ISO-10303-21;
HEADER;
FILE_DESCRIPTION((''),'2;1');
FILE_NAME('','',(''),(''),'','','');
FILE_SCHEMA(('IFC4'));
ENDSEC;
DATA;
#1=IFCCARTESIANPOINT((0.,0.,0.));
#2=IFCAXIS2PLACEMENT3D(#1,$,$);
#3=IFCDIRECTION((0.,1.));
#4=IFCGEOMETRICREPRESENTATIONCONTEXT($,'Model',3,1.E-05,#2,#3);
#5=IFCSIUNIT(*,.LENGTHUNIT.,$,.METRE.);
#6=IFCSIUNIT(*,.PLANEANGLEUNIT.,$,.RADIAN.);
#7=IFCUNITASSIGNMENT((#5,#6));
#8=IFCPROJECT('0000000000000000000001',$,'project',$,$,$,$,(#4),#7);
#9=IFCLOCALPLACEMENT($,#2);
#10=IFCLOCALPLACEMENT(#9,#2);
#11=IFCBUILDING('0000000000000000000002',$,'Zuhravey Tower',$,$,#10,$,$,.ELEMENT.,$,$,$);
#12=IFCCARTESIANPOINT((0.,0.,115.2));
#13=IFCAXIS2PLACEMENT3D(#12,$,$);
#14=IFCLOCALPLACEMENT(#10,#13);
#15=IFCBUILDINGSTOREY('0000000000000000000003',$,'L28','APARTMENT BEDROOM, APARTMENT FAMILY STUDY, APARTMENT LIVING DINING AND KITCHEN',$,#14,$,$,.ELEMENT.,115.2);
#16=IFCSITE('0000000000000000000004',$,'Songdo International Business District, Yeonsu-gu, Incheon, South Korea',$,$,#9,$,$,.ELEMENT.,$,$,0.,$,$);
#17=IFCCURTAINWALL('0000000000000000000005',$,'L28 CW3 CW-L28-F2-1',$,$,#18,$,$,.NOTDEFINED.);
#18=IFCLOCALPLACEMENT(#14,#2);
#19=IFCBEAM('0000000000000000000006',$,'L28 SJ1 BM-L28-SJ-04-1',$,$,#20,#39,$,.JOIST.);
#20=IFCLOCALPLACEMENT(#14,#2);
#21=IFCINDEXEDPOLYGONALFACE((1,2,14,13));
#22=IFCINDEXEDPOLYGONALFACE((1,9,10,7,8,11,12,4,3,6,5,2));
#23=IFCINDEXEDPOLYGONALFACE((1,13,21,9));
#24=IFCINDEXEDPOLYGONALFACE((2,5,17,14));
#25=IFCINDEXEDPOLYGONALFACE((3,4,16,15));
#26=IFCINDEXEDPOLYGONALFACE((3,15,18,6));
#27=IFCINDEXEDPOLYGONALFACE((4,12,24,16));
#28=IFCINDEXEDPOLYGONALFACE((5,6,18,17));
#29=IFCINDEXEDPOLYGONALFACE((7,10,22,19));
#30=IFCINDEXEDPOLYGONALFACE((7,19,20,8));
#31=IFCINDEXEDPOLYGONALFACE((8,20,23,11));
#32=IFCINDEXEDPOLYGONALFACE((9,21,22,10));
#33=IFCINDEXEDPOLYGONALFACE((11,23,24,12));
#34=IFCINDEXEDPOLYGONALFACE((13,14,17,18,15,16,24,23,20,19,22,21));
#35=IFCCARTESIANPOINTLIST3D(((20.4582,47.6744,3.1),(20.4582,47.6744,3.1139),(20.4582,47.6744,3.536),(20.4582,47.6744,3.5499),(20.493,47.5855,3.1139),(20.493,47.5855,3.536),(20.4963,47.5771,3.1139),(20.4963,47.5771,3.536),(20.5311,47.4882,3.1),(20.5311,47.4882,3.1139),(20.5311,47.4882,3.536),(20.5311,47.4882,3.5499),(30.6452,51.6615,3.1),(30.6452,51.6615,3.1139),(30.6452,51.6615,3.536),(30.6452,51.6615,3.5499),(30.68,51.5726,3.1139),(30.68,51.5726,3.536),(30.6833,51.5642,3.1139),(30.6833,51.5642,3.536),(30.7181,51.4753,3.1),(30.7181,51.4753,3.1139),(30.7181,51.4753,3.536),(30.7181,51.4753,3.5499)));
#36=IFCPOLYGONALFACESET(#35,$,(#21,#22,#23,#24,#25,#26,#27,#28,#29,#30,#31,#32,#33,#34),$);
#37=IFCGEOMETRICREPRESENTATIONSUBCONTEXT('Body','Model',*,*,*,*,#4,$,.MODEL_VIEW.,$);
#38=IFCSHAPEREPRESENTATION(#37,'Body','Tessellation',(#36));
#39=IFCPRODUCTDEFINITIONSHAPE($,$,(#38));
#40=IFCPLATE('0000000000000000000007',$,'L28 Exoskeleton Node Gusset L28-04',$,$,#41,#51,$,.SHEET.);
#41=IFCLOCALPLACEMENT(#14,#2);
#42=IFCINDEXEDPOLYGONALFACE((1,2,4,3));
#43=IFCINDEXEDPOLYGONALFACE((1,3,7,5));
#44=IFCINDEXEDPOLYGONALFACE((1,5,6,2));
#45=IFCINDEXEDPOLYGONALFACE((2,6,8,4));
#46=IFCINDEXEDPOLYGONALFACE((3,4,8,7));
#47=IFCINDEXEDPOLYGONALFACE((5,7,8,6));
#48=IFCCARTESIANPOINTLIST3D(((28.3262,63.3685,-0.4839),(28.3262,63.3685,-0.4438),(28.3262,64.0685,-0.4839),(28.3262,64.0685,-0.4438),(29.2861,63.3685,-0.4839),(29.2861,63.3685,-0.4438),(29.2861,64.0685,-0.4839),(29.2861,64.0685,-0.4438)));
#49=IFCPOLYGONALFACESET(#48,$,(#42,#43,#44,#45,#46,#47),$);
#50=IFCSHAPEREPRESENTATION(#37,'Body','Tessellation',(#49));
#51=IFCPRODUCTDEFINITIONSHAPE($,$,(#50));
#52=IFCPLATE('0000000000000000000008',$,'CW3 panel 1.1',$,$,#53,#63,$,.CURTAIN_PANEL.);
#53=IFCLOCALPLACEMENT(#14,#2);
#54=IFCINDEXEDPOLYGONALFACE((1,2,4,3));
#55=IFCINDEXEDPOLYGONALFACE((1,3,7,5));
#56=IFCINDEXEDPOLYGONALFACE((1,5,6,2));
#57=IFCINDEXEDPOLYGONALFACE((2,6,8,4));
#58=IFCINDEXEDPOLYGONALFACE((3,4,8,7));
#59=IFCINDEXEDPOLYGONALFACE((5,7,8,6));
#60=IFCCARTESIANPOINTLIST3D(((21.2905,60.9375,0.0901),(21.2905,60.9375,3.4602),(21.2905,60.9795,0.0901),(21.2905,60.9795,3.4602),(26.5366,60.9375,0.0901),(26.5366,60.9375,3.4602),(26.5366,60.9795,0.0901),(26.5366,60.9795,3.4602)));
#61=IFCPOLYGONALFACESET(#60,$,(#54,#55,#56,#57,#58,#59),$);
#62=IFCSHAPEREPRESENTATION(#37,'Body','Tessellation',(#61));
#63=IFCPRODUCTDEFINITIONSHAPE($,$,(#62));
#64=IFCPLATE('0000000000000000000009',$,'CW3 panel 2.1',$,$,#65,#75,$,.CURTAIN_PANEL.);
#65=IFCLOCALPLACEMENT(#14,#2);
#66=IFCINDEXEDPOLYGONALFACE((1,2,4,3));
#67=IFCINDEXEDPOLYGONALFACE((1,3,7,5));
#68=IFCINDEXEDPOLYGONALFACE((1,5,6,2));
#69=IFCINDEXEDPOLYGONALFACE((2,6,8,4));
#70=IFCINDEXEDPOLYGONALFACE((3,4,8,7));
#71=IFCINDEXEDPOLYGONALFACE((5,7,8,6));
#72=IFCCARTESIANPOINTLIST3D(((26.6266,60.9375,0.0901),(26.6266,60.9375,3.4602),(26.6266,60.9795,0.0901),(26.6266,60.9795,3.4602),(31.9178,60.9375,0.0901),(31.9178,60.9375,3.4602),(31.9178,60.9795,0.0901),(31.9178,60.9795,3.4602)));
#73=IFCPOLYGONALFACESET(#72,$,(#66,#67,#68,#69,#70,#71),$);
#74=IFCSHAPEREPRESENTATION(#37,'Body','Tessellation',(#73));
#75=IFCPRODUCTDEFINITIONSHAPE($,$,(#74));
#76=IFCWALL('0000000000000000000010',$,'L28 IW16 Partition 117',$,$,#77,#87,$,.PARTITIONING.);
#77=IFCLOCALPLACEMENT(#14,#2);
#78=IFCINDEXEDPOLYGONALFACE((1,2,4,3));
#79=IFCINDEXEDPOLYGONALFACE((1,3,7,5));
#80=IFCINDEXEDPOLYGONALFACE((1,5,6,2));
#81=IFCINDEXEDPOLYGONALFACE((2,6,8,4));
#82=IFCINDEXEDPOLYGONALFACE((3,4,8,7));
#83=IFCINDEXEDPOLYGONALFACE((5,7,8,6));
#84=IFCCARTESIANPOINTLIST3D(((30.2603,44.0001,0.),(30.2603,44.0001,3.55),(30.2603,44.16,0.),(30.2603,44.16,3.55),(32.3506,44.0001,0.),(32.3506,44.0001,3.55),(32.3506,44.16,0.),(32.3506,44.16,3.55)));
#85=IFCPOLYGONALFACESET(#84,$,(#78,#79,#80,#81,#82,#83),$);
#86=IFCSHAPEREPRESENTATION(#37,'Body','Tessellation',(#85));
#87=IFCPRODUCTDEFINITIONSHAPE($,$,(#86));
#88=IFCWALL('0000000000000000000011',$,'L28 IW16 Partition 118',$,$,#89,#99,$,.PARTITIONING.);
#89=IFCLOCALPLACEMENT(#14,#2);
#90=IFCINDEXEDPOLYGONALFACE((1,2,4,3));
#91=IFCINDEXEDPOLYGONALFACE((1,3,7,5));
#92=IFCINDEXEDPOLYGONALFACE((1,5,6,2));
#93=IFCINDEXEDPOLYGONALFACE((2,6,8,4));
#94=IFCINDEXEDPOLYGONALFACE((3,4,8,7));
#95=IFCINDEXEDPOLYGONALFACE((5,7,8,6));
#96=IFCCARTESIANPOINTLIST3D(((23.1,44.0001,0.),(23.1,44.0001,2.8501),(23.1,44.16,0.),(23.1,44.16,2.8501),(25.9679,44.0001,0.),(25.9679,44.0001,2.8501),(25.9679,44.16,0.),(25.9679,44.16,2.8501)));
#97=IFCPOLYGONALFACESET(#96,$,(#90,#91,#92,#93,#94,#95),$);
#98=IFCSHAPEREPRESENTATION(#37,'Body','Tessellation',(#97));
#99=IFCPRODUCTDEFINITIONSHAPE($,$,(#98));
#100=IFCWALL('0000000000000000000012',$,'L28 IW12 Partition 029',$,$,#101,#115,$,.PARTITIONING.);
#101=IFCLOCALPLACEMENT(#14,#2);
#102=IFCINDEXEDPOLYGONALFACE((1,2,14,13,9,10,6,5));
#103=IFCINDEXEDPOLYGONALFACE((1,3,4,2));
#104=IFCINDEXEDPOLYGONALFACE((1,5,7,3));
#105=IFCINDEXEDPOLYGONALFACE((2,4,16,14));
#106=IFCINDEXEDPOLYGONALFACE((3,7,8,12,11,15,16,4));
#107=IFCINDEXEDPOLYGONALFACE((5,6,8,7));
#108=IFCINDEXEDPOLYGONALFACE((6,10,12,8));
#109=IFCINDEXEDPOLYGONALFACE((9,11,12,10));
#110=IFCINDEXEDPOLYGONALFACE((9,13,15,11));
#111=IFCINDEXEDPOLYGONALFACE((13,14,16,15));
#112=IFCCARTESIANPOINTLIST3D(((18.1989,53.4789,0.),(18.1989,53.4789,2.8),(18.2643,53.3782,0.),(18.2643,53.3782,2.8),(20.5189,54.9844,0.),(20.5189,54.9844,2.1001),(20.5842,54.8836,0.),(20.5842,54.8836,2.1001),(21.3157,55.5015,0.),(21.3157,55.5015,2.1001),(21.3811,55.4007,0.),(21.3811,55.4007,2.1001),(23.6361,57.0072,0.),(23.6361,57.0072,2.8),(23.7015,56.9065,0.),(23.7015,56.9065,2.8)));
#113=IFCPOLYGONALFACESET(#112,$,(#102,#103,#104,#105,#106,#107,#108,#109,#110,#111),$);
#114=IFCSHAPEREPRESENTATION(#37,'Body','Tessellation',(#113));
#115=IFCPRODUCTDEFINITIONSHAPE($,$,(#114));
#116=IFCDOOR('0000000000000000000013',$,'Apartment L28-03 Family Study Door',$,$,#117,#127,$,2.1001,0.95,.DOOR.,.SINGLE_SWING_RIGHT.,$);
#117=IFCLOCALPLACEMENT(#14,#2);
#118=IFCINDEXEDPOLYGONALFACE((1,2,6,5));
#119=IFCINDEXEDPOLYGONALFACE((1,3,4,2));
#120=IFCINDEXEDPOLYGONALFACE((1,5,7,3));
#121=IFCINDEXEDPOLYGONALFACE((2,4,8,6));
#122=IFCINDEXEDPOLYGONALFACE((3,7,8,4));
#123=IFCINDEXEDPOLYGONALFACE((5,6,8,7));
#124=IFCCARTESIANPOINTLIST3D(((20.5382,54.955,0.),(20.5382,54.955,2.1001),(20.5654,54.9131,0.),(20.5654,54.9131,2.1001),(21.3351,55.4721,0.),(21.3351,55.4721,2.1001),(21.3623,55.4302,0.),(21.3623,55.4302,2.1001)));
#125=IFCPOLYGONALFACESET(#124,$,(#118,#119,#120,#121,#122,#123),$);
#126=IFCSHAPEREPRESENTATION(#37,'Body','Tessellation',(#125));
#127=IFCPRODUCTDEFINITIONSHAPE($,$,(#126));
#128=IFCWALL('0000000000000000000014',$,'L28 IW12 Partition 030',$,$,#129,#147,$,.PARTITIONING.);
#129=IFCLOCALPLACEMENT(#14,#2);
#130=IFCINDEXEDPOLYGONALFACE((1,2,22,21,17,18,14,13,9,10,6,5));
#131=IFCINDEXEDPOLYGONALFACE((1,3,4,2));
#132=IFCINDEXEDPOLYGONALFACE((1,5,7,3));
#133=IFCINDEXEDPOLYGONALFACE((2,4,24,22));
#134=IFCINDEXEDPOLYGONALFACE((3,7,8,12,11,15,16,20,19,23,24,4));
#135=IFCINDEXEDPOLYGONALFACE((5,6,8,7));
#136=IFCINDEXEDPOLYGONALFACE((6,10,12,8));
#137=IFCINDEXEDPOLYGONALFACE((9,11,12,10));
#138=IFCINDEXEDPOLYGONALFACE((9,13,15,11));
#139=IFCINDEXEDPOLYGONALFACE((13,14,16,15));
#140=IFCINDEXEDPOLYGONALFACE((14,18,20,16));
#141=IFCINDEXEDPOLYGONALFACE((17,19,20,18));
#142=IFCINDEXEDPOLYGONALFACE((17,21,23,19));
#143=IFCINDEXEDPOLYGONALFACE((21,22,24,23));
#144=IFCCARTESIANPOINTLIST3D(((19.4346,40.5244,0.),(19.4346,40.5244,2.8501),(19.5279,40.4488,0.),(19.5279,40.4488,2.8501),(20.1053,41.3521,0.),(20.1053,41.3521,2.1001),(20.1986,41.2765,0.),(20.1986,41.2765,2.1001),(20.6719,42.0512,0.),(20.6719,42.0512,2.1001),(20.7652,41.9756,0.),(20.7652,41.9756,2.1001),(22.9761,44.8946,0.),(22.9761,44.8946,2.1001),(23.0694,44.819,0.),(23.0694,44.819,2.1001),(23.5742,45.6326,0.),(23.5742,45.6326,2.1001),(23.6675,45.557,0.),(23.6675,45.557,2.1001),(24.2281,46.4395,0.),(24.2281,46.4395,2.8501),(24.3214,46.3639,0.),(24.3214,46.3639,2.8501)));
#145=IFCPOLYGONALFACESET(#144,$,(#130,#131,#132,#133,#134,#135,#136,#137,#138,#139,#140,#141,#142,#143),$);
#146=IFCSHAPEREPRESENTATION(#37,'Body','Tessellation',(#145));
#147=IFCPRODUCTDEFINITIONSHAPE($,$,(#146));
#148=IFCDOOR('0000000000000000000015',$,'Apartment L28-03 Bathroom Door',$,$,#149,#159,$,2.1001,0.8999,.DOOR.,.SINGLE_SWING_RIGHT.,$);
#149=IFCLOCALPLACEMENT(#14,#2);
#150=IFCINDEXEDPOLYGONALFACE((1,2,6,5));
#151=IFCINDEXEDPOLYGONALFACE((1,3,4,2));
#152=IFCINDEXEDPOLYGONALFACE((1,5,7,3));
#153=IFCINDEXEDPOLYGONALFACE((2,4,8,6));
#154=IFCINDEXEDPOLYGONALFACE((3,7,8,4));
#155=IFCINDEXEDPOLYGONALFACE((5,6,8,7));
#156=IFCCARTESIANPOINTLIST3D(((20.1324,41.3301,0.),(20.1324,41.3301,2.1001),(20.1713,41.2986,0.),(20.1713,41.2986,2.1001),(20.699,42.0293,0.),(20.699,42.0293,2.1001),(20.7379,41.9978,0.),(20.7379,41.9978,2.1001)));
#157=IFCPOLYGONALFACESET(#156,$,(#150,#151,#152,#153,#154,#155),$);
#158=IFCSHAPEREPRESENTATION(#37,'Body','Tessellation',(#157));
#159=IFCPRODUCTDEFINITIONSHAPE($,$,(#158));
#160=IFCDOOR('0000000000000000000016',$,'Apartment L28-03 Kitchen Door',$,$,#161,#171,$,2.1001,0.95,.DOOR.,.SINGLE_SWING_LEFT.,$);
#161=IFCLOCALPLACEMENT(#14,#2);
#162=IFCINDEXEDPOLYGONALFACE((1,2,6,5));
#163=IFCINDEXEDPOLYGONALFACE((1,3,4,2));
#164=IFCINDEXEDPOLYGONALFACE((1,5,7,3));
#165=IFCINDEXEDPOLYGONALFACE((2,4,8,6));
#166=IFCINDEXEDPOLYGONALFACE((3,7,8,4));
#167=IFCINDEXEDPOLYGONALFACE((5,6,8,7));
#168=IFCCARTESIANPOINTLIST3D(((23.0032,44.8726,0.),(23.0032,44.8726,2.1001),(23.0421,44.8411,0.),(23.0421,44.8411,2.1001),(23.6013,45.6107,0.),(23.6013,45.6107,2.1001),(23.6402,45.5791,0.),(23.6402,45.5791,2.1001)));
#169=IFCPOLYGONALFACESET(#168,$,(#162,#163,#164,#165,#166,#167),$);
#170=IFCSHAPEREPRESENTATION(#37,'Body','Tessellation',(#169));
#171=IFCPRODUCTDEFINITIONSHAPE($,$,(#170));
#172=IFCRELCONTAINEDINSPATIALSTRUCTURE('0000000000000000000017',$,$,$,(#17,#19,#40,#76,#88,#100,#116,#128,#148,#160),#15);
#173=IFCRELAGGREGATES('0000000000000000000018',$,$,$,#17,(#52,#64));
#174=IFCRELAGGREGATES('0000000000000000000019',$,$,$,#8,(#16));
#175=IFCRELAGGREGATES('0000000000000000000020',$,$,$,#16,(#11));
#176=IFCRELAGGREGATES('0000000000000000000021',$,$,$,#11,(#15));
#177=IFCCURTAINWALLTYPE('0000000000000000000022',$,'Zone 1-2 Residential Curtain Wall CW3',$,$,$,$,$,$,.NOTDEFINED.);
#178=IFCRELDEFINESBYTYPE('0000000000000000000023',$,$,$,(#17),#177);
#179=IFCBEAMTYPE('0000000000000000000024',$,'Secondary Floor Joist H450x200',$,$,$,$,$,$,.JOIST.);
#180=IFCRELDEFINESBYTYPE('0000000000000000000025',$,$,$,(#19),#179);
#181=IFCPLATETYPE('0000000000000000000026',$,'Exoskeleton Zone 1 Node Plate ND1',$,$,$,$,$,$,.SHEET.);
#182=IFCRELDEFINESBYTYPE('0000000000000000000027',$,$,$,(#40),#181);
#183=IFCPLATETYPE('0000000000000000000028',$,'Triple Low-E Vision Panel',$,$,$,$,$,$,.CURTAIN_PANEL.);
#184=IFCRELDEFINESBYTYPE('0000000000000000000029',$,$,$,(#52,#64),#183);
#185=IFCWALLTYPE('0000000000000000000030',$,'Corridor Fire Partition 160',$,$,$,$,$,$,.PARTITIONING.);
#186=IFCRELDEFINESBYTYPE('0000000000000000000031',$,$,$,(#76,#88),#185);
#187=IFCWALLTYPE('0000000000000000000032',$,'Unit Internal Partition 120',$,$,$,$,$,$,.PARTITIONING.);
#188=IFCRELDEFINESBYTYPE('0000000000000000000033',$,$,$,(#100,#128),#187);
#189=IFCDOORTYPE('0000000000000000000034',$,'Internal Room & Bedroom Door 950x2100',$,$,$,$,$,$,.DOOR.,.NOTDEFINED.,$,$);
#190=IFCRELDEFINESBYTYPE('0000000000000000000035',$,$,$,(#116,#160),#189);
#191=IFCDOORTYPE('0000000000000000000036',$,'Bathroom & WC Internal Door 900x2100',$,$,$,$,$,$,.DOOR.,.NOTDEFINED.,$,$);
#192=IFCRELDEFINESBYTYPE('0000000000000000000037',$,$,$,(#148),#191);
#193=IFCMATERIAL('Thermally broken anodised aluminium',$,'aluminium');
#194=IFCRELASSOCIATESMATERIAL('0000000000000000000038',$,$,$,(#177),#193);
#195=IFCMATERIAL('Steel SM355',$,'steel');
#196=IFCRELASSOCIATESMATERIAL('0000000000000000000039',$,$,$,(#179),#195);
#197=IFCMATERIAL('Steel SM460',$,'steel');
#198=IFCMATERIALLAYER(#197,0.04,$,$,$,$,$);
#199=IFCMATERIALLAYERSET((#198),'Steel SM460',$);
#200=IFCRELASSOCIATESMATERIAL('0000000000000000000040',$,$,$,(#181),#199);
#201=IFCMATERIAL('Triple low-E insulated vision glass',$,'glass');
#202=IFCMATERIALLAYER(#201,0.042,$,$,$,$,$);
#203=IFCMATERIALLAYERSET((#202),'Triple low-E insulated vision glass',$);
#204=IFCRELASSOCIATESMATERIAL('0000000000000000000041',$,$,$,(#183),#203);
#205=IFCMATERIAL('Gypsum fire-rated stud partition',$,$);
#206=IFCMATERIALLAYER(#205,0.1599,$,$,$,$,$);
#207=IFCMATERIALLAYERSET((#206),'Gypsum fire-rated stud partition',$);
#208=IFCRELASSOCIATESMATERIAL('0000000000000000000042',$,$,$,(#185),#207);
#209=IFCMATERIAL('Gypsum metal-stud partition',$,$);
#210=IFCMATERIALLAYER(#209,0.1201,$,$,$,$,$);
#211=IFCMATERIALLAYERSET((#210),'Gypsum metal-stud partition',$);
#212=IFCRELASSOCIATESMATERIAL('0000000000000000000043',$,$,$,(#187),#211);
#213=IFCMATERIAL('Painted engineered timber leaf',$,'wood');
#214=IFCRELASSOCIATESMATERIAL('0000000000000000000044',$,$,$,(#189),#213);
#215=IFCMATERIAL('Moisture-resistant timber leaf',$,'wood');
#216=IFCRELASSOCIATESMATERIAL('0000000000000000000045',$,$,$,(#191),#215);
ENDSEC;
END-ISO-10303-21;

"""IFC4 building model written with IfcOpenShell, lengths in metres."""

from ifc_helpers import new_model, si_unit, direction, frame, frame_2d, origin, origin_2d, place, context, subcontext, project, spatial, rectangle, i_section, extrude, material, layer, layer_set, material_profile, profile_set, type_object, element, fill, aggregate, save


model = new_model("IFC4")

# Units and contexts
model_context = context("Model", 3, precision=1e-05, world=origin(), true_north=direction((0.0, 1.0)))
body_context = subcontext(model_context, "Body", "Model", "MODEL_VIEW")
ifc_project = project(units=[si_unit("LENGTHUNIT", "METRE"), si_unit("PLANEANGLEUNIT", "RADIAN")], contexts=[model_context])

# Site, building, storey
site_placement = place(None, origin())
site = spatial("IfcSite", under=ifc_project, at=site_placement, Name="Songdo International Business District, Yeonsu-gu, Incheon, South Korea", CompositionType="ELEMENT", RefElevation=0.0)
building_placement = place(site_placement, origin())
building = spatial("IfcBuilding", under=site, at=building_placement, Name="Zuhravey Tower", CompositionType="ELEMENT")
storey_placement = place(building_placement, frame((0.0, 0.0, 115.2)))
storey = spatial("IfcBuildingStorey", under=building, at=storey_placement, Name="L28", Description="APARTMENT BEDROOM, APARTMENT FAMILY STUDY, APARTMENT LIVING DINING AND KITCHEN", CompositionType="ELEMENT", Elevation=115.2)

# Curtain wall
ifc_material_1 = material(Name="Thermally broken anodised aluminium", Category="aluminium")
curtain_wall_type = type_object("IfcCurtainWallType", Name="Zone 1-2 Residential Curtain Wall CW3", PredefinedType="NOTDEFINED", material=ifc_material_1)
curtain_wall_placement = place(storey_placement, origin())
curtain_wall = element("IfcCurtainWall", 1, at=curtain_wall_placement, inside=storey, type_object=curtain_wall_type, Name="L28 CW3 CW-L28-F2-1", PredefinedType="NOTDEFINED")

# Shared definitions
ifc_material_2 = material(Name="Steel SM460", Category="steel")

# Beam
ifc_material_3 = material(Name="Steel SM355", Category="steel")
ifc_material_profile_1 = material_profile(ifc_material_3, i_section(OverallWidth=0.2, OverallDepth=0.45, WebThickness=0.009, FlangeThickness=0.0139, at=origin_2d()), Name="H-450x200x9x14")
ifc_profile_set_1 = profile_set([ifc_material_profile_1], Name="Steel SM355")
beam_type_1 = type_object("IfcBeamType", Name="Secondary Floor Joist H450x200", PredefinedType="JOIST", material=ifc_profile_set_1)
beam_1_placement = place(storey_placement, frame((30.6816, 51.5684, 3.325), z_axis=(-0.931217, -0.364466, 0.0), x_axis=(0.364466, -0.931217, 0.0)))
element("IfcBeam", 2, at=beam_1_placement, inside=storey, type_object=beam_type_1, Name="L28 SJ1 BM-L28-SJ-04-1", PredefinedType="JOIST", context=body_context, shape_type="SweptSolid", body=[
    extrude(i_section(OverallWidth=0.2, OverallDepth=0.45, WebThickness=0.009, FlangeThickness=0.0139, at=origin_2d()), origin(), (0.0, 0.0, 1.0), 10.9395),
])

# Plates
ifc_layer_1 = layer(ifc_material_2, 0.04)
ifc_layer_set_1 = layer_set([ifc_layer_1], Name="Steel SM460")
plate_type_1 = type_object("IfcPlateType", Name="Exoskeleton Zone 1 Node Plate ND1", PredefinedType="SHEET", material=ifc_layer_set_1)
plate_1_placement = place(storey_placement, frame((28.8062, 63.7185, -0.4839), z_axis=(0.0, 0.0, 1.0), x_axis=(-1.0, 0.0, 0.0)))
element("IfcPlate", 3, at=plate_1_placement, inside=storey, type_object=plate_type_1, Name="L28 Exoskeleton Node Gusset L28-04", PredefinedType="SHEET", context=body_context, shape_type="SweptSolid", body=[
    extrude(rectangle(XDim=0.96, YDim=0.7, at=origin_2d()), origin(), (0.0, 0.0, 1.0), 0.04),
])
ifc_material_4 = material(Name="Triple low-E insulated vision glass", Category="glass")
ifc_layer_2 = layer(ifc_material_4, 0.042)
ifc_layer_set_2 = layer_set([ifc_layer_2], Name="Triple low-E insulated vision glass")
plate_type_2 = type_object("IfcPlateType", Name="Triple Low-E Vision Panel", PredefinedType="CURTAIN_PANEL", material=ifc_layer_set_2)
plate_2_placement = place(storey_placement, frame((23.9136, 60.9585, 0.0901), z_axis=(0.0, 0.0, 1.0), x_axis=(1.0, 0.0, 0.0)))
plate_2 = element("IfcPlate", 4, at=plate_2_placement, type_object=plate_type_2, Name="CW3 panel 1.1", PredefinedType="CURTAIN_PANEL", context=body_context, shape_type="SweptSolid", body=[
    extrude(rectangle(XDim=5.2461, YDim=0.042, at=origin_2d()), origin(), (0.0, 0.0, 1.0), 3.3701),
])
plate_3_placement = place(storey_placement, frame((29.2722, 60.9585, 0.0901), z_axis=(0.0, 0.0, 1.0), x_axis=(1.0, 0.0, 0.0)))
plate_3 = element("IfcPlate", 5, at=plate_3_placement, type_object=plate_type_2, Name="CW3 panel 2.1", PredefinedType="CURTAIN_PANEL", context=body_context, shape_type="SweptSolid", body=[
    extrude(rectangle(XDim=5.2913, YDim=0.042, at=origin_2d()), origin(), (0.0, 0.0, 1.0), 3.3701),
])
aggregate(curtain_wall, [plate_2, plate_3])

# Shared definitions
ifc_material_5 = material(Name="Gypsum fire-rated stud partition")
ifc_layer_3 = layer(ifc_material_5, 0.1599)
ifc_layer_set_3 = layer_set([ifc_layer_3], Name="Gypsum fire-rated stud partition")
wall_type_1 = type_object("IfcWallType", Name="Corridor Fire Partition 160", PredefinedType="PARTITIONING", material=ifc_layer_set_3)

# Walls
wall_1_placement = place(storey_placement, frame((32.3506, 44.0801, 0.0), z_axis=(0.0, 0.0, 1.0), x_axis=(-1.0, 0.0, 0.0)))
element("IfcWall", 6, at=wall_1_placement, inside=storey, type_object=wall_type_1, Name="L28 IW16 Partition 117", PredefinedType="PARTITIONING", context=body_context, shape_type="SweptSolid", body=[
    extrude(rectangle(XDim=2.0903, YDim=0.1599, at=frame_2d((1.0452, 0.0))), origin(), (0.0, 0.0, 1.0), 3.55),
])
wall_2_placement = place(storey_placement, frame((25.968, 44.0801, 0.0), z_axis=(0.0, 0.0, 1.0), x_axis=(-1.0, 0.0, 0.0)))
element("IfcWall", 7, at=wall_2_placement, inside=storey, type_object=wall_type_1, Name="L28 IW16 Partition 118", PredefinedType="PARTITIONING", context=body_context, shape_type="SweptSolid", body=[
    extrude(rectangle(XDim=2.8679, YDim=0.1599, at=frame_2d((1.4341, 0.0))), origin(), (0.0, 0.0, 1.0), 2.8501),
])

# Wall, opening, door
ifc_material_6 = material(Name="Gypsum metal-stud partition")
ifc_layer_4 = layer(ifc_material_6, 0.1201)
ifc_layer_set_4 = layer_set([ifc_layer_4], Name="Gypsum metal-stud partition")
wall_type_2 = type_object("IfcWallType", Name="Unit Internal Partition 120", PredefinedType="PARTITIONING", material=ifc_layer_set_4)
wall_3_placement = place(storey_placement, frame((23.6687, 56.9568, 0.0), z_axis=(0.0, 0.0, 1.0), x_axis=(-0.838859, -0.544349, 0.0)))
wall_3 = element("IfcWall", 8, at=wall_3_placement, inside=storey, type_object=wall_type_2, Name="L28 IW12 Partition 029", PredefinedType="PARTITIONING", context=body_context, shape_type="SweptSolid", body=[
    extrude(rectangle(XDim=6.4817, YDim=0.1201, at=frame_2d((3.2407, 0.0))), origin(), (0.0, 0.0, 1.0), 2.8),
])
opening_1_placement = place(wall_3_placement, frame((2.7659, 0.0, 0.0)))
opening_1 = element("IfcOpeningElement", 9, at=opening_1_placement, cuts=wall_3, PredefinedType="OPENING", context=body_context, shape_type="SweptSolid", body=[
    extrude(rectangle(XDim=0.95, YDim=2.1001, at=frame_2d((0.4751, 1.05))), frame((0.0, 0.072, 0.0), z_axis=(0.0, -1.0, 0.0), x_axis=(1.0, 0.0, 0.0)), (0.0, 0.0, 1.0), 0.144),
])
ifc_material_7 = material(Name="Painted engineered timber leaf", Category="wood")
door_type_1 = type_object("IfcDoorType", Name="Internal Room & Bedroom Door 950x2100", OperationType="NOTDEFINED", PredefinedType="DOOR", material=ifc_material_7)
door_1_placement = place(opening_1_placement, frame((0.95, 0.0, 0.0), z_axis=(0.0, 0.0, 1.0), x_axis=(-1.0, 0.0, 0.0)))
door_1 = element("IfcDoor", 10, at=door_1_placement, inside=storey, type_object=door_type_1, Name="Apartment L28-03 Family Study Door", OperationType="SINGLE_SWING_RIGHT", OverallHeight=2.1001, OverallWidth=0.95, PredefinedType="DOOR", context=body_context, shape_type="SweptSolid", body=[
    extrude(rectangle(XDim=0.95, YDim=2.1001, at=frame_2d((0.4751, 1.05))), frame((0.0, 0.0249, 0.0), z_axis=(0.0, -1.0, 0.0), x_axis=(1.0, 0.0, 0.0)), (0.0, 0.0, 1.0), 0.05),
])
fill(opening_1, door_1)

# Wall, openings, doors
wall_4_placement = place(storey_placement, frame((24.2747, 46.4016, 0.0), z_axis=(0.0, 0.0, 1.0), x_axis=(-0.629602, -0.776918, 0.0)))
wall_4 = element("IfcWall", 11, at=wall_4_placement, inside=storey, type_object=wall_type_2, Name="L28 IW12 Partition 030", PredefinedType="PARTITIONING", context=body_context, shape_type="SweptSolid", body=[
    extrude(rectangle(XDim=7.6135, YDim=0.1201, at=frame_2d((3.8066, 0.0))), origin(), (0.0, 0.0, 1.0), 2.8501),
])
opening_2_placement = place(wall_4_placement, frame((1.0383, 0.0, 0.0)))
opening_2 = element("IfcOpeningElement", 12, at=opening_2_placement, cuts=wall_4, PredefinedType="OPENING", context=body_context, shape_type="SweptSolid", body=[
    extrude(rectangle(XDim=0.95, YDim=2.1001, at=frame_2d((0.4751, 1.05))), frame((0.0, 0.072, 0.0), z_axis=(0.0, -1.0, 0.0), x_axis=(1.0, 0.0, 0.0)), (0.0, 0.0, 1.0), 0.144),
])
opening_3_placement = place(wall_4_placement, frame((5.6482, 0.0, 0.0)))
opening_3 = element("IfcOpeningElement", 13, at=opening_3_placement, cuts=wall_4, PredefinedType="OPENING", context=body_context, shape_type="SweptSolid", body=[
    extrude(rectangle(XDim=0.8999, YDim=2.1001, at=frame_2d((0.45, 1.05))), frame((0.0, 0.072, 0.0), z_axis=(0.0, -1.0, 0.0), x_axis=(1.0, 0.0, 0.0)), (0.0, 0.0, 1.0), 0.144),
])
ifc_material_8 = material(Name="Moisture-resistant timber leaf", Category="wood")
door_type_2 = type_object("IfcDoorType", Name="Bathroom & WC Internal Door 900x2100", OperationType="NOTDEFINED", PredefinedType="DOOR", material=ifc_material_8)
door_2_placement = place(opening_3_placement, origin())
door_2 = element("IfcDoor", 14, at=door_2_placement, inside=storey, type_object=door_type_2, Name="Apartment L28-03 Bathroom Door", OperationType="SINGLE_SWING_RIGHT", OverallHeight=2.1001, OverallWidth=0.8999, PredefinedType="DOOR", context=body_context, shape_type="SweptSolid", body=[
    extrude(rectangle(XDim=0.8999, YDim=2.1001, at=frame_2d((0.45, 1.05))), frame((0.0, 0.0249, 0.0), z_axis=(0.0, -1.0, 0.0), x_axis=(1.0, 0.0, 0.0)), (0.0, 0.0, 1.0), 0.05),
])
fill(opening_3, door_2)
door_3_placement = place(opening_2_placement, origin())
door_3 = element("IfcDoor", 15, at=door_3_placement, inside=storey, type_object=door_type_1, Name="Apartment L28-03 Kitchen Door", OperationType="SINGLE_SWING_LEFT", OverallHeight=2.1001, OverallWidth=0.95, PredefinedType="DOOR", context=body_context, shape_type="SweptSolid", body=[
    extrude(rectangle(XDim=0.95, YDim=2.1001, at=frame_2d((0.4751, 1.05))), frame((0.0, 0.0249, 0.0), z_axis=(0.0, -1.0, 0.0), x_axis=(1.0, 0.0, 0.0)), (0.0, 0.0, 1.0), 0.05),
])
fill(opening_2, door_3)

save(model, "model.ifc")
